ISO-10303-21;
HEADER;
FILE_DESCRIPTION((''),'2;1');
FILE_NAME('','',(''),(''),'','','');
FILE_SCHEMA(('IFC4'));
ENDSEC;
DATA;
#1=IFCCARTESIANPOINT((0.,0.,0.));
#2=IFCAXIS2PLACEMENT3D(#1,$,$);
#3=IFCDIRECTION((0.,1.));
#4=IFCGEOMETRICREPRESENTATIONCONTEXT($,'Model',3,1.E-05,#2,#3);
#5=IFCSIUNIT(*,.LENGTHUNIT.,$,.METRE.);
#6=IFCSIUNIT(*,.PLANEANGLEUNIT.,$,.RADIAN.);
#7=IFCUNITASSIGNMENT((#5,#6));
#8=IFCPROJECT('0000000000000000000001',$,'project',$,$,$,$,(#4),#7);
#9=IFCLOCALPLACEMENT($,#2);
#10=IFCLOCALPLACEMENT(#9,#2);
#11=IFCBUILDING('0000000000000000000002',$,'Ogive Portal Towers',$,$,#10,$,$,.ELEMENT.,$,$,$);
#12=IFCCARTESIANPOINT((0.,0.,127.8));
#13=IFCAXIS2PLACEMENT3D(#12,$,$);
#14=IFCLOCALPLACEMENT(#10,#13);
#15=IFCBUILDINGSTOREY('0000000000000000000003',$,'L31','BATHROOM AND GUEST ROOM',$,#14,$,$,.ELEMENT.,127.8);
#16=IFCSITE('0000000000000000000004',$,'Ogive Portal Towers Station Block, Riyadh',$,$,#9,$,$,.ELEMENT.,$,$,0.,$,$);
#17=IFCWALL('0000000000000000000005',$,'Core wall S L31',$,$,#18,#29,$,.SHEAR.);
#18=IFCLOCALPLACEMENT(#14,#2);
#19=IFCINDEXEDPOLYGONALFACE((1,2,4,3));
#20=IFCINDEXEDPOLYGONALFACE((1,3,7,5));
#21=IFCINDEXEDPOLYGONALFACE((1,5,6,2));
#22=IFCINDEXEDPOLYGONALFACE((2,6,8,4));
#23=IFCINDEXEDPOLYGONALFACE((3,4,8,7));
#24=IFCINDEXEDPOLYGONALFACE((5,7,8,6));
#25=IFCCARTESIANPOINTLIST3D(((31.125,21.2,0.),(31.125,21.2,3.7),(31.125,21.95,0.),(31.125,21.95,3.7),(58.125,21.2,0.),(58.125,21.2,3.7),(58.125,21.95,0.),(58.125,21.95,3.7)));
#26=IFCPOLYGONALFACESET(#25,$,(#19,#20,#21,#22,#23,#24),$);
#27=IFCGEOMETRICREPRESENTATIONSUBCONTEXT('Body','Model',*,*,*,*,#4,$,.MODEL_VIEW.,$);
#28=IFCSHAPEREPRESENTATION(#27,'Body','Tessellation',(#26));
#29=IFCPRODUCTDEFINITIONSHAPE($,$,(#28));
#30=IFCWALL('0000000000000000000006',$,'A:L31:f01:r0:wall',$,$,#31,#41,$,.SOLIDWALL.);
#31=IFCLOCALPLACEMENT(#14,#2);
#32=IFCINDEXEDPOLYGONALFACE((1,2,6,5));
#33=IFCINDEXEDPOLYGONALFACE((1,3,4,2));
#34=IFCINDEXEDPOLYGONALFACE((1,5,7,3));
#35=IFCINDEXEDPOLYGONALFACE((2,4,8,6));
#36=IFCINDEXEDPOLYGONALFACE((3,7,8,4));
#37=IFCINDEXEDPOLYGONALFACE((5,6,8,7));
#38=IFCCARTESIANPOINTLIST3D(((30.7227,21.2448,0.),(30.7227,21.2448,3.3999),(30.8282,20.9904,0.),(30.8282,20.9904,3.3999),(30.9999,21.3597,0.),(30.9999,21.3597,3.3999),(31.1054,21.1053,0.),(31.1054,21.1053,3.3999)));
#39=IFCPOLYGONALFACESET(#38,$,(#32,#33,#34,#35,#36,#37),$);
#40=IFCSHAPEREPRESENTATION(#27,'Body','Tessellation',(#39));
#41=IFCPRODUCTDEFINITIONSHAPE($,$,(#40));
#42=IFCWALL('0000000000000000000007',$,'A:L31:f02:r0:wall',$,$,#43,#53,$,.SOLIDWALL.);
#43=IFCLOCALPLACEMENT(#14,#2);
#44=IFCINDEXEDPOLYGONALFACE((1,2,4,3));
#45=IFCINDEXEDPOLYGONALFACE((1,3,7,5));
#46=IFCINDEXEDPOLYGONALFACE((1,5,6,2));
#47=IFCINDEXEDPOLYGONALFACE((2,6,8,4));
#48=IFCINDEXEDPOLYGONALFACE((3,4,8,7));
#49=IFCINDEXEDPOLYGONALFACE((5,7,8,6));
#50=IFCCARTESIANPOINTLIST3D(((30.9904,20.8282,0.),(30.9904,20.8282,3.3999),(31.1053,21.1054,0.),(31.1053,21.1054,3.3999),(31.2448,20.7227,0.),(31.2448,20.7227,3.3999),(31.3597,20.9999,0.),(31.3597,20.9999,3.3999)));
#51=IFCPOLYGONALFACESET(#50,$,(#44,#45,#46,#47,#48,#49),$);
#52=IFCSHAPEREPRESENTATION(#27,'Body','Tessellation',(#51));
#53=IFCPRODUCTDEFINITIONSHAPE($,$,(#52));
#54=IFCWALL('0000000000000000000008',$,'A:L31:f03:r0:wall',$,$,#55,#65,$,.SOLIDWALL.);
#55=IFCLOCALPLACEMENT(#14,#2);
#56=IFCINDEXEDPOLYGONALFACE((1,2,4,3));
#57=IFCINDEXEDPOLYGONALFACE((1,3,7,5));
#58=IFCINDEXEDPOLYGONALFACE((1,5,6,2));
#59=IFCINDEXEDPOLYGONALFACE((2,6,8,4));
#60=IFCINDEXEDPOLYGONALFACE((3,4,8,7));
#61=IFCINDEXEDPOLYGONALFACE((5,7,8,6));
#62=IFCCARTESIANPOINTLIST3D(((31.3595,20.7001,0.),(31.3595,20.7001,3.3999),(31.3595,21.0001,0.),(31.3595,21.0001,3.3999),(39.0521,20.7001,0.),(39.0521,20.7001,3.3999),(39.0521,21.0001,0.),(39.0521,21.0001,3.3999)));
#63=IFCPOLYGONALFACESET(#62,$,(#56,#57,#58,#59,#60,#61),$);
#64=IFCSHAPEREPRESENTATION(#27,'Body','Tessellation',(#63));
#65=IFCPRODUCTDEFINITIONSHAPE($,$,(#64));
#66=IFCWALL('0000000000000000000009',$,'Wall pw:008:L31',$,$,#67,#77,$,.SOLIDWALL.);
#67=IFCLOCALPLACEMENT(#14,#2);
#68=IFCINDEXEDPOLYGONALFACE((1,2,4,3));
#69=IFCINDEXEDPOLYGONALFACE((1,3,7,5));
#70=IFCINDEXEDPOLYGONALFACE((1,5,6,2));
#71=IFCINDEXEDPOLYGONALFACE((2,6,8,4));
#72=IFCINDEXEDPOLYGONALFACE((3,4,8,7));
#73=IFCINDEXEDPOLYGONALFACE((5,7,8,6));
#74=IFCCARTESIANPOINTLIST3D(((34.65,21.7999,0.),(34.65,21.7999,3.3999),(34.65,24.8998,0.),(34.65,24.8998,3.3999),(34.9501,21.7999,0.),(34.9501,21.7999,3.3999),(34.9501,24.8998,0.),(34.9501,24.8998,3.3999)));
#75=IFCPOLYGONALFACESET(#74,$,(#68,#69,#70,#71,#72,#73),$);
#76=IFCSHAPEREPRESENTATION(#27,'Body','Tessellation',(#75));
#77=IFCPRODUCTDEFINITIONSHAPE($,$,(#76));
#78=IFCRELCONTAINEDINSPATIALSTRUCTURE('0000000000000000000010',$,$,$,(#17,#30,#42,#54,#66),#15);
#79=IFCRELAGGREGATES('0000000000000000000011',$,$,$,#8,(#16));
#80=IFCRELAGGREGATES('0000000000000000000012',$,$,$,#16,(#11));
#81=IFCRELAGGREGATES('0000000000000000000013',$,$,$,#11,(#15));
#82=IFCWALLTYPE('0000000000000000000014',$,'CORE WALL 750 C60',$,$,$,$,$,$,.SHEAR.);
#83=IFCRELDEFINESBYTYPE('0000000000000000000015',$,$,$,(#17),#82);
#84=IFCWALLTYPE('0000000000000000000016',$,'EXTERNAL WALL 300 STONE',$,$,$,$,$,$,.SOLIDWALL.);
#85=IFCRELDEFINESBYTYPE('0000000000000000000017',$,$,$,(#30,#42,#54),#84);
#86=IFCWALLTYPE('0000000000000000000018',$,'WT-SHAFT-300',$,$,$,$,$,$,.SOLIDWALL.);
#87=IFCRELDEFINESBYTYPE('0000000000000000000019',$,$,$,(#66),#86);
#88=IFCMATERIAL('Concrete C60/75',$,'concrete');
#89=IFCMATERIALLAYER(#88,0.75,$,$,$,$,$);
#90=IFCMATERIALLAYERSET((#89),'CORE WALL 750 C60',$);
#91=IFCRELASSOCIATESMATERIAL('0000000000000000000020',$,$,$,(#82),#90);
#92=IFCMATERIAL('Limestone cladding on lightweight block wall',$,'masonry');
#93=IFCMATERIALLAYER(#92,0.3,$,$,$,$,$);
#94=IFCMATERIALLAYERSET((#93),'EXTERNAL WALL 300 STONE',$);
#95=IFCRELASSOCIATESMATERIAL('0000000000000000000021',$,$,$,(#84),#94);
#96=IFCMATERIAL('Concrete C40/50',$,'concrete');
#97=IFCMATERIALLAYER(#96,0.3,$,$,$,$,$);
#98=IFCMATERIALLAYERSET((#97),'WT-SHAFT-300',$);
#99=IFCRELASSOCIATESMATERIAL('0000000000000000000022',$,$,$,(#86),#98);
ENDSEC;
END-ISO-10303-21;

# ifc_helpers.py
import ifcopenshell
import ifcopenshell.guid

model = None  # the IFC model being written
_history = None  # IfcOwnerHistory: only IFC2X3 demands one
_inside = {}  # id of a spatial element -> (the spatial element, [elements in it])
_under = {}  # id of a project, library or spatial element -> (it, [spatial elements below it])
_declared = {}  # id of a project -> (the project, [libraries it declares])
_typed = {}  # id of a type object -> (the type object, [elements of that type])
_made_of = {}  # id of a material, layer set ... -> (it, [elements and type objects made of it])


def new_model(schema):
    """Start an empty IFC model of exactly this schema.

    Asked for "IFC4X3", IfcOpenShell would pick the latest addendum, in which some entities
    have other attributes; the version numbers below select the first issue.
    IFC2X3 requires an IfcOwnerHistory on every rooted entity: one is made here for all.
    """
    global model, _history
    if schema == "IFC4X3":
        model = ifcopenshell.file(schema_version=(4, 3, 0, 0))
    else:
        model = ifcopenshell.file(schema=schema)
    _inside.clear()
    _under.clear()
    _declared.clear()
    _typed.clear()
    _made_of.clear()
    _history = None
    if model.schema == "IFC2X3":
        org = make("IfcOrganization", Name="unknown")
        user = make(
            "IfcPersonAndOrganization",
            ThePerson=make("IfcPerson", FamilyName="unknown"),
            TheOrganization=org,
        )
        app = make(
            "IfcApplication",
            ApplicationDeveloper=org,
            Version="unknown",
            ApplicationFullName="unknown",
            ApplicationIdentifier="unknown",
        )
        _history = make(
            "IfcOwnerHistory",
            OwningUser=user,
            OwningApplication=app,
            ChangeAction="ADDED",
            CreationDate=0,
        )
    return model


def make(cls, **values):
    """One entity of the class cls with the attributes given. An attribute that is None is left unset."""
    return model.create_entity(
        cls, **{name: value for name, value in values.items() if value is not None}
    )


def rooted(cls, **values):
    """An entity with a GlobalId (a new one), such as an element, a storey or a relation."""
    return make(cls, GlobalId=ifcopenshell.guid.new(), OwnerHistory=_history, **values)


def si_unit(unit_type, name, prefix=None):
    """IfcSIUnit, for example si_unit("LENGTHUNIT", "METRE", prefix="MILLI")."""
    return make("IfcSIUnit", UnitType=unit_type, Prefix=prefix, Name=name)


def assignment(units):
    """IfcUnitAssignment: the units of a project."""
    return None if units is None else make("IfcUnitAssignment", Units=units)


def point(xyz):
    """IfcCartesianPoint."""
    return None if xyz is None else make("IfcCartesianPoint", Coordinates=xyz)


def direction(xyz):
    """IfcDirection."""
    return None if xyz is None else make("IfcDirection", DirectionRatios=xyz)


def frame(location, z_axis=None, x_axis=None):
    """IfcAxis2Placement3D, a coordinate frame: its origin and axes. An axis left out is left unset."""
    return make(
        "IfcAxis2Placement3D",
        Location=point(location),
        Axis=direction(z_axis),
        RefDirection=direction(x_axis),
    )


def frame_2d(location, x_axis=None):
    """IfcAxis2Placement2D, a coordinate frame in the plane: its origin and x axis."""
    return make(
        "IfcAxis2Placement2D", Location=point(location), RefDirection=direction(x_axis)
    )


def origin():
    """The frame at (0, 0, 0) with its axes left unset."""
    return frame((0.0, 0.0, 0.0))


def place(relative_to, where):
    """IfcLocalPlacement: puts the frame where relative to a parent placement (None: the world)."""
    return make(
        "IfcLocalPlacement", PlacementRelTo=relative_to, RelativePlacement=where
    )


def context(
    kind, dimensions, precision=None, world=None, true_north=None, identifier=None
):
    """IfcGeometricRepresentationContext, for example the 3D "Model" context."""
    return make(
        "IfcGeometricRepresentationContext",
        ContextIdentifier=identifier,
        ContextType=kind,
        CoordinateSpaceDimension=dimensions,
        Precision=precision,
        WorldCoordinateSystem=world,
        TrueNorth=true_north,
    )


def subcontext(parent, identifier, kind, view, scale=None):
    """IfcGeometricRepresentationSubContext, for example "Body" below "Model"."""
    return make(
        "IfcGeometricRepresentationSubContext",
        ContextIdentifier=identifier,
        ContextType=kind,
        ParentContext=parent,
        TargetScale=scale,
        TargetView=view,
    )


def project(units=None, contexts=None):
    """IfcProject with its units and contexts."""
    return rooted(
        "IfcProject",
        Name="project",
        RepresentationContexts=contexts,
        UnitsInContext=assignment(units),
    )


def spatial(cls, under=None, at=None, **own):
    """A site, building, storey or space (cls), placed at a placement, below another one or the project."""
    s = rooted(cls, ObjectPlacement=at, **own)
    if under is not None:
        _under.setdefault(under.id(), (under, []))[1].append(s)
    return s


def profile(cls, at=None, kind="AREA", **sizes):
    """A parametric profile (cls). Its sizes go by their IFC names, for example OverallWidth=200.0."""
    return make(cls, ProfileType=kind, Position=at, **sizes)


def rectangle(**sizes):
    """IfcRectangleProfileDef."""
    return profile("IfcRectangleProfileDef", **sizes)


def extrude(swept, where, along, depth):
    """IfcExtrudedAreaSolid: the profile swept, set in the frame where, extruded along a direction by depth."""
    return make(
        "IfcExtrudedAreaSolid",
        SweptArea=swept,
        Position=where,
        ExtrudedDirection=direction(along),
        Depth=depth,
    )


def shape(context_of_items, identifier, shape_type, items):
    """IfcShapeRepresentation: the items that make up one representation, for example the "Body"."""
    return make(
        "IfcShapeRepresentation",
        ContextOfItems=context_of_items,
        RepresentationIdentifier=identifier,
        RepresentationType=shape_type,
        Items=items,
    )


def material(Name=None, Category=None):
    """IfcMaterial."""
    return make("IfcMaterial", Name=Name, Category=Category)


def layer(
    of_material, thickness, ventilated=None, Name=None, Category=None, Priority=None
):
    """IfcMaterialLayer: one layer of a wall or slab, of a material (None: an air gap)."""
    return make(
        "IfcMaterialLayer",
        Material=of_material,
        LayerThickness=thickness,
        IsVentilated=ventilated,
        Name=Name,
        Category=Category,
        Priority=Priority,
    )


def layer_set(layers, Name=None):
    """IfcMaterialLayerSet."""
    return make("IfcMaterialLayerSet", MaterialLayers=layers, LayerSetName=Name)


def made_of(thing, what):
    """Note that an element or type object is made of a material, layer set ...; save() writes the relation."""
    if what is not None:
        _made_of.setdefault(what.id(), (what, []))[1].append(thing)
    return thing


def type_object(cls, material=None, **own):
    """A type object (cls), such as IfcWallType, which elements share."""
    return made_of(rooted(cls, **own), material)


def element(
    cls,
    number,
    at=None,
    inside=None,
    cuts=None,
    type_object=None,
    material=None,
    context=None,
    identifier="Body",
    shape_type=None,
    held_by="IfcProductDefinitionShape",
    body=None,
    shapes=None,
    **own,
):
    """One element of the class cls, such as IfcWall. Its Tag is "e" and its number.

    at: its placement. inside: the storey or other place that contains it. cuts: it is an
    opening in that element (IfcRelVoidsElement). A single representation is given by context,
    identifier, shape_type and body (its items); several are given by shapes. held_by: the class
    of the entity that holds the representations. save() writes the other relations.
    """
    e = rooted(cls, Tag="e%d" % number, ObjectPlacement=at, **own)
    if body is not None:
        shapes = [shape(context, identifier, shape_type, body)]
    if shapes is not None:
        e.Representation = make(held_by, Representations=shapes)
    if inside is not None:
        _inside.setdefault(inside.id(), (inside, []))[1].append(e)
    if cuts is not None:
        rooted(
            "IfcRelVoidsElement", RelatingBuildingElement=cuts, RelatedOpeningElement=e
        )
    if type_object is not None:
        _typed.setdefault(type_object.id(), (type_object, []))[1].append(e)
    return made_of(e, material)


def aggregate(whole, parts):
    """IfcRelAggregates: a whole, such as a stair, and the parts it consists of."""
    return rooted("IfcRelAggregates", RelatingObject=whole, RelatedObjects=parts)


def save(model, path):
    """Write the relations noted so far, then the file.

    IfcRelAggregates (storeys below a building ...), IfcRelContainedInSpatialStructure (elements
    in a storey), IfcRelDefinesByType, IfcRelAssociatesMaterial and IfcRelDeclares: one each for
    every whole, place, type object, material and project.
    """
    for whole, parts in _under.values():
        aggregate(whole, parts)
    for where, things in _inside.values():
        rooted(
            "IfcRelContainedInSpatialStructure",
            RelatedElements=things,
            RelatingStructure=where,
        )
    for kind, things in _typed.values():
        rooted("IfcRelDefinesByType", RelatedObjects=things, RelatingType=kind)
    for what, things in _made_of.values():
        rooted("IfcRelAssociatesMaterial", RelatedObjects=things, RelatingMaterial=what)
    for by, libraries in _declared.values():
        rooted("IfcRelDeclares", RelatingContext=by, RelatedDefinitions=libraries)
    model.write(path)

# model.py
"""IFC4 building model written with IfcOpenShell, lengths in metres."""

from ifc_helpers import new_model, si_unit, direction, frame, frame_2d, origin, place, context, subcontext, project, spatial, rectangle, extrude, material, layer, layer_set, type_object, element, save


model = new_model("IFC4")

# Units and contexts
model_context = context("Model", 3, precision=1e-05, world=origin(), true_north=direction((0.0, 1.0)))
body_context = subcontext(model_context, "Body", "Model", "MODEL_VIEW")
ifc_project = project(units=[si_unit("LENGTHUNIT", "METRE"), si_unit("PLANEANGLEUNIT", "RADIAN")], contexts=[model_context])

# Site, building, storey
site_placement = place(None, origin())
site = spatial("IfcSite", under=ifc_project, at=site_placement, Name="Ogive Portal Towers Station Block, Riyadh", CompositionType="ELEMENT", RefElevation=0.0)
building_placement = place(site_placement, origin())
building = spatial("IfcBuilding", under=site, at=building_placement, Name="Ogive Portal Towers", CompositionType="ELEMENT")
storey_placement = place(building_placement, frame((0.0, 0.0, 127.8)))
storey = spatial("IfcBuildingStorey", under=building, at=storey_placement, Name="L31", Description="BATHROOM AND GUEST ROOM", CompositionType="ELEMENT", Elevation=127.8)

# Shared definitions
ifc_material_1 = material(Name="Concrete C40/50", Category="concrete")

# Walls
ifc_material_2 = material(Name="Concrete C60/75", Category="concrete")
ifc_layer_1 = layer(ifc_material_2, 0.75)
ifc_layer_set_1 = layer_set([ifc_layer_1], Name="CORE WALL 750 C60")
wall_type_1 = type_object("IfcWallType", Name="CORE WALL 750 C60", PredefinedType="SHEAR", material=ifc_layer_set_1)
wall_1_placement = place(storey_placement, frame((31.125, 21.575, 0.0), z_axis=(0.0, 0.0, 1.0), x_axis=(1.0, 0.0, 0.0)))
element("IfcWall", 1, at=wall_1_placement, inside=storey, type_object=wall_type_1, Name="Core wall S L31", PredefinedType="SHEAR", context=body_context, shape_type="SweptSolid", body=[
    extrude(rectangle(XDim=27.0, YDim=0.75, at=frame_2d((13.5, 0.0))), origin(), (0.0, 0.0, 1.0), 3.7),
])
ifc_material_3 = material(Name="Limestone cladding on lightweight block wall", Category="masonry")
ifc_layer_2 = layer(ifc_material_3, 0.3)
ifc_layer_set_2 = layer_set([ifc_layer_2], Name="EXTERNAL WALL 300 STONE")
wall_type_2 = type_object("IfcWallType", Name="EXTERNAL WALL 300 STONE", PredefinedType="SOLIDWALL", material=ifc_layer_set_2)
for number, where, z_axis, x_axis, name in (
    (2, (30.8613, 21.3022, 0.0), (0.0, 0.0, 1.0), (0.382978, -0.923757, 0.0), "A:L31:f01:r0:wall"),
    (3, (31.0479, 20.9668, 0.0), (0.0, 0.0, 1.0), (0.923757, -0.382978, 0.0), "A:L31:f02:r0:wall"),
):
    element("IfcWall", number, at=place(storey_placement, frame(where, z_axis=z_axis, x_axis=x_axis)), inside=storey, type_object=wall_type_2, Name=name, PredefinedType="SOLIDWALL", context=body_context, shape_type="SweptSolid", body=[
        extrude(rectangle(XDim=0.2754, YDim=0.3, at=frame_2d((0.1377, 0.0))), origin(), (0.0, 0.0, 1.0), 3.3999),
    ])
wall_2_placement = place(storey_placement, frame((31.3596, 20.8501, 0.0), z_axis=(0.0, 0.0, 1.0), x_axis=(1.0, 0.0, 0.0)))
element("IfcWall", 4, at=wall_2_placement, inside=storey, type_object=wall_type_2, Name="A:L31:f03:r0:wall", PredefinedType="SOLIDWALL", context=body_context, shape_type="SweptSolid", body=[
    extrude(rectangle(XDim=7.6926, YDim=0.3, at=frame_2d((3.8462, 0.0))), origin(), (0.0, 0.0, 1.0), 3.3999),
])

# Shared definitions
ifc_layer_3 = layer(ifc_material_1, 0.3)
ifc_layer_set_3 = layer_set([ifc_layer_3], Name="WT-SHAFT-300")
wall_type_3 = type_object("IfcWallType", Name="WT-SHAFT-300", PredefinedType="SOLIDWALL", material=ifc_layer_set_3)

# Wall
wall_3_placement = place(storey_placement, frame((34.8, 21.8, 0.0), z_axis=(0.0, 0.0, 1.0), x_axis=(0.0, 1.0, 0.0)))
element("IfcWall", 5, at=wall_3_placement, inside=storey, type_object=wall_type_3, Name="Wall pw:008:L31", PredefinedType="SOLIDWALL", context=body_context, shape_type="SweptSolid", body=[
    extrude(rectangle(XDim=3.0999, YDim=0.3, at=frame_2d((1.5498, 0.0))), origin(), (0.0, 0.0, 1.0), 3.3999),
])

save(model, "model.ifc")
